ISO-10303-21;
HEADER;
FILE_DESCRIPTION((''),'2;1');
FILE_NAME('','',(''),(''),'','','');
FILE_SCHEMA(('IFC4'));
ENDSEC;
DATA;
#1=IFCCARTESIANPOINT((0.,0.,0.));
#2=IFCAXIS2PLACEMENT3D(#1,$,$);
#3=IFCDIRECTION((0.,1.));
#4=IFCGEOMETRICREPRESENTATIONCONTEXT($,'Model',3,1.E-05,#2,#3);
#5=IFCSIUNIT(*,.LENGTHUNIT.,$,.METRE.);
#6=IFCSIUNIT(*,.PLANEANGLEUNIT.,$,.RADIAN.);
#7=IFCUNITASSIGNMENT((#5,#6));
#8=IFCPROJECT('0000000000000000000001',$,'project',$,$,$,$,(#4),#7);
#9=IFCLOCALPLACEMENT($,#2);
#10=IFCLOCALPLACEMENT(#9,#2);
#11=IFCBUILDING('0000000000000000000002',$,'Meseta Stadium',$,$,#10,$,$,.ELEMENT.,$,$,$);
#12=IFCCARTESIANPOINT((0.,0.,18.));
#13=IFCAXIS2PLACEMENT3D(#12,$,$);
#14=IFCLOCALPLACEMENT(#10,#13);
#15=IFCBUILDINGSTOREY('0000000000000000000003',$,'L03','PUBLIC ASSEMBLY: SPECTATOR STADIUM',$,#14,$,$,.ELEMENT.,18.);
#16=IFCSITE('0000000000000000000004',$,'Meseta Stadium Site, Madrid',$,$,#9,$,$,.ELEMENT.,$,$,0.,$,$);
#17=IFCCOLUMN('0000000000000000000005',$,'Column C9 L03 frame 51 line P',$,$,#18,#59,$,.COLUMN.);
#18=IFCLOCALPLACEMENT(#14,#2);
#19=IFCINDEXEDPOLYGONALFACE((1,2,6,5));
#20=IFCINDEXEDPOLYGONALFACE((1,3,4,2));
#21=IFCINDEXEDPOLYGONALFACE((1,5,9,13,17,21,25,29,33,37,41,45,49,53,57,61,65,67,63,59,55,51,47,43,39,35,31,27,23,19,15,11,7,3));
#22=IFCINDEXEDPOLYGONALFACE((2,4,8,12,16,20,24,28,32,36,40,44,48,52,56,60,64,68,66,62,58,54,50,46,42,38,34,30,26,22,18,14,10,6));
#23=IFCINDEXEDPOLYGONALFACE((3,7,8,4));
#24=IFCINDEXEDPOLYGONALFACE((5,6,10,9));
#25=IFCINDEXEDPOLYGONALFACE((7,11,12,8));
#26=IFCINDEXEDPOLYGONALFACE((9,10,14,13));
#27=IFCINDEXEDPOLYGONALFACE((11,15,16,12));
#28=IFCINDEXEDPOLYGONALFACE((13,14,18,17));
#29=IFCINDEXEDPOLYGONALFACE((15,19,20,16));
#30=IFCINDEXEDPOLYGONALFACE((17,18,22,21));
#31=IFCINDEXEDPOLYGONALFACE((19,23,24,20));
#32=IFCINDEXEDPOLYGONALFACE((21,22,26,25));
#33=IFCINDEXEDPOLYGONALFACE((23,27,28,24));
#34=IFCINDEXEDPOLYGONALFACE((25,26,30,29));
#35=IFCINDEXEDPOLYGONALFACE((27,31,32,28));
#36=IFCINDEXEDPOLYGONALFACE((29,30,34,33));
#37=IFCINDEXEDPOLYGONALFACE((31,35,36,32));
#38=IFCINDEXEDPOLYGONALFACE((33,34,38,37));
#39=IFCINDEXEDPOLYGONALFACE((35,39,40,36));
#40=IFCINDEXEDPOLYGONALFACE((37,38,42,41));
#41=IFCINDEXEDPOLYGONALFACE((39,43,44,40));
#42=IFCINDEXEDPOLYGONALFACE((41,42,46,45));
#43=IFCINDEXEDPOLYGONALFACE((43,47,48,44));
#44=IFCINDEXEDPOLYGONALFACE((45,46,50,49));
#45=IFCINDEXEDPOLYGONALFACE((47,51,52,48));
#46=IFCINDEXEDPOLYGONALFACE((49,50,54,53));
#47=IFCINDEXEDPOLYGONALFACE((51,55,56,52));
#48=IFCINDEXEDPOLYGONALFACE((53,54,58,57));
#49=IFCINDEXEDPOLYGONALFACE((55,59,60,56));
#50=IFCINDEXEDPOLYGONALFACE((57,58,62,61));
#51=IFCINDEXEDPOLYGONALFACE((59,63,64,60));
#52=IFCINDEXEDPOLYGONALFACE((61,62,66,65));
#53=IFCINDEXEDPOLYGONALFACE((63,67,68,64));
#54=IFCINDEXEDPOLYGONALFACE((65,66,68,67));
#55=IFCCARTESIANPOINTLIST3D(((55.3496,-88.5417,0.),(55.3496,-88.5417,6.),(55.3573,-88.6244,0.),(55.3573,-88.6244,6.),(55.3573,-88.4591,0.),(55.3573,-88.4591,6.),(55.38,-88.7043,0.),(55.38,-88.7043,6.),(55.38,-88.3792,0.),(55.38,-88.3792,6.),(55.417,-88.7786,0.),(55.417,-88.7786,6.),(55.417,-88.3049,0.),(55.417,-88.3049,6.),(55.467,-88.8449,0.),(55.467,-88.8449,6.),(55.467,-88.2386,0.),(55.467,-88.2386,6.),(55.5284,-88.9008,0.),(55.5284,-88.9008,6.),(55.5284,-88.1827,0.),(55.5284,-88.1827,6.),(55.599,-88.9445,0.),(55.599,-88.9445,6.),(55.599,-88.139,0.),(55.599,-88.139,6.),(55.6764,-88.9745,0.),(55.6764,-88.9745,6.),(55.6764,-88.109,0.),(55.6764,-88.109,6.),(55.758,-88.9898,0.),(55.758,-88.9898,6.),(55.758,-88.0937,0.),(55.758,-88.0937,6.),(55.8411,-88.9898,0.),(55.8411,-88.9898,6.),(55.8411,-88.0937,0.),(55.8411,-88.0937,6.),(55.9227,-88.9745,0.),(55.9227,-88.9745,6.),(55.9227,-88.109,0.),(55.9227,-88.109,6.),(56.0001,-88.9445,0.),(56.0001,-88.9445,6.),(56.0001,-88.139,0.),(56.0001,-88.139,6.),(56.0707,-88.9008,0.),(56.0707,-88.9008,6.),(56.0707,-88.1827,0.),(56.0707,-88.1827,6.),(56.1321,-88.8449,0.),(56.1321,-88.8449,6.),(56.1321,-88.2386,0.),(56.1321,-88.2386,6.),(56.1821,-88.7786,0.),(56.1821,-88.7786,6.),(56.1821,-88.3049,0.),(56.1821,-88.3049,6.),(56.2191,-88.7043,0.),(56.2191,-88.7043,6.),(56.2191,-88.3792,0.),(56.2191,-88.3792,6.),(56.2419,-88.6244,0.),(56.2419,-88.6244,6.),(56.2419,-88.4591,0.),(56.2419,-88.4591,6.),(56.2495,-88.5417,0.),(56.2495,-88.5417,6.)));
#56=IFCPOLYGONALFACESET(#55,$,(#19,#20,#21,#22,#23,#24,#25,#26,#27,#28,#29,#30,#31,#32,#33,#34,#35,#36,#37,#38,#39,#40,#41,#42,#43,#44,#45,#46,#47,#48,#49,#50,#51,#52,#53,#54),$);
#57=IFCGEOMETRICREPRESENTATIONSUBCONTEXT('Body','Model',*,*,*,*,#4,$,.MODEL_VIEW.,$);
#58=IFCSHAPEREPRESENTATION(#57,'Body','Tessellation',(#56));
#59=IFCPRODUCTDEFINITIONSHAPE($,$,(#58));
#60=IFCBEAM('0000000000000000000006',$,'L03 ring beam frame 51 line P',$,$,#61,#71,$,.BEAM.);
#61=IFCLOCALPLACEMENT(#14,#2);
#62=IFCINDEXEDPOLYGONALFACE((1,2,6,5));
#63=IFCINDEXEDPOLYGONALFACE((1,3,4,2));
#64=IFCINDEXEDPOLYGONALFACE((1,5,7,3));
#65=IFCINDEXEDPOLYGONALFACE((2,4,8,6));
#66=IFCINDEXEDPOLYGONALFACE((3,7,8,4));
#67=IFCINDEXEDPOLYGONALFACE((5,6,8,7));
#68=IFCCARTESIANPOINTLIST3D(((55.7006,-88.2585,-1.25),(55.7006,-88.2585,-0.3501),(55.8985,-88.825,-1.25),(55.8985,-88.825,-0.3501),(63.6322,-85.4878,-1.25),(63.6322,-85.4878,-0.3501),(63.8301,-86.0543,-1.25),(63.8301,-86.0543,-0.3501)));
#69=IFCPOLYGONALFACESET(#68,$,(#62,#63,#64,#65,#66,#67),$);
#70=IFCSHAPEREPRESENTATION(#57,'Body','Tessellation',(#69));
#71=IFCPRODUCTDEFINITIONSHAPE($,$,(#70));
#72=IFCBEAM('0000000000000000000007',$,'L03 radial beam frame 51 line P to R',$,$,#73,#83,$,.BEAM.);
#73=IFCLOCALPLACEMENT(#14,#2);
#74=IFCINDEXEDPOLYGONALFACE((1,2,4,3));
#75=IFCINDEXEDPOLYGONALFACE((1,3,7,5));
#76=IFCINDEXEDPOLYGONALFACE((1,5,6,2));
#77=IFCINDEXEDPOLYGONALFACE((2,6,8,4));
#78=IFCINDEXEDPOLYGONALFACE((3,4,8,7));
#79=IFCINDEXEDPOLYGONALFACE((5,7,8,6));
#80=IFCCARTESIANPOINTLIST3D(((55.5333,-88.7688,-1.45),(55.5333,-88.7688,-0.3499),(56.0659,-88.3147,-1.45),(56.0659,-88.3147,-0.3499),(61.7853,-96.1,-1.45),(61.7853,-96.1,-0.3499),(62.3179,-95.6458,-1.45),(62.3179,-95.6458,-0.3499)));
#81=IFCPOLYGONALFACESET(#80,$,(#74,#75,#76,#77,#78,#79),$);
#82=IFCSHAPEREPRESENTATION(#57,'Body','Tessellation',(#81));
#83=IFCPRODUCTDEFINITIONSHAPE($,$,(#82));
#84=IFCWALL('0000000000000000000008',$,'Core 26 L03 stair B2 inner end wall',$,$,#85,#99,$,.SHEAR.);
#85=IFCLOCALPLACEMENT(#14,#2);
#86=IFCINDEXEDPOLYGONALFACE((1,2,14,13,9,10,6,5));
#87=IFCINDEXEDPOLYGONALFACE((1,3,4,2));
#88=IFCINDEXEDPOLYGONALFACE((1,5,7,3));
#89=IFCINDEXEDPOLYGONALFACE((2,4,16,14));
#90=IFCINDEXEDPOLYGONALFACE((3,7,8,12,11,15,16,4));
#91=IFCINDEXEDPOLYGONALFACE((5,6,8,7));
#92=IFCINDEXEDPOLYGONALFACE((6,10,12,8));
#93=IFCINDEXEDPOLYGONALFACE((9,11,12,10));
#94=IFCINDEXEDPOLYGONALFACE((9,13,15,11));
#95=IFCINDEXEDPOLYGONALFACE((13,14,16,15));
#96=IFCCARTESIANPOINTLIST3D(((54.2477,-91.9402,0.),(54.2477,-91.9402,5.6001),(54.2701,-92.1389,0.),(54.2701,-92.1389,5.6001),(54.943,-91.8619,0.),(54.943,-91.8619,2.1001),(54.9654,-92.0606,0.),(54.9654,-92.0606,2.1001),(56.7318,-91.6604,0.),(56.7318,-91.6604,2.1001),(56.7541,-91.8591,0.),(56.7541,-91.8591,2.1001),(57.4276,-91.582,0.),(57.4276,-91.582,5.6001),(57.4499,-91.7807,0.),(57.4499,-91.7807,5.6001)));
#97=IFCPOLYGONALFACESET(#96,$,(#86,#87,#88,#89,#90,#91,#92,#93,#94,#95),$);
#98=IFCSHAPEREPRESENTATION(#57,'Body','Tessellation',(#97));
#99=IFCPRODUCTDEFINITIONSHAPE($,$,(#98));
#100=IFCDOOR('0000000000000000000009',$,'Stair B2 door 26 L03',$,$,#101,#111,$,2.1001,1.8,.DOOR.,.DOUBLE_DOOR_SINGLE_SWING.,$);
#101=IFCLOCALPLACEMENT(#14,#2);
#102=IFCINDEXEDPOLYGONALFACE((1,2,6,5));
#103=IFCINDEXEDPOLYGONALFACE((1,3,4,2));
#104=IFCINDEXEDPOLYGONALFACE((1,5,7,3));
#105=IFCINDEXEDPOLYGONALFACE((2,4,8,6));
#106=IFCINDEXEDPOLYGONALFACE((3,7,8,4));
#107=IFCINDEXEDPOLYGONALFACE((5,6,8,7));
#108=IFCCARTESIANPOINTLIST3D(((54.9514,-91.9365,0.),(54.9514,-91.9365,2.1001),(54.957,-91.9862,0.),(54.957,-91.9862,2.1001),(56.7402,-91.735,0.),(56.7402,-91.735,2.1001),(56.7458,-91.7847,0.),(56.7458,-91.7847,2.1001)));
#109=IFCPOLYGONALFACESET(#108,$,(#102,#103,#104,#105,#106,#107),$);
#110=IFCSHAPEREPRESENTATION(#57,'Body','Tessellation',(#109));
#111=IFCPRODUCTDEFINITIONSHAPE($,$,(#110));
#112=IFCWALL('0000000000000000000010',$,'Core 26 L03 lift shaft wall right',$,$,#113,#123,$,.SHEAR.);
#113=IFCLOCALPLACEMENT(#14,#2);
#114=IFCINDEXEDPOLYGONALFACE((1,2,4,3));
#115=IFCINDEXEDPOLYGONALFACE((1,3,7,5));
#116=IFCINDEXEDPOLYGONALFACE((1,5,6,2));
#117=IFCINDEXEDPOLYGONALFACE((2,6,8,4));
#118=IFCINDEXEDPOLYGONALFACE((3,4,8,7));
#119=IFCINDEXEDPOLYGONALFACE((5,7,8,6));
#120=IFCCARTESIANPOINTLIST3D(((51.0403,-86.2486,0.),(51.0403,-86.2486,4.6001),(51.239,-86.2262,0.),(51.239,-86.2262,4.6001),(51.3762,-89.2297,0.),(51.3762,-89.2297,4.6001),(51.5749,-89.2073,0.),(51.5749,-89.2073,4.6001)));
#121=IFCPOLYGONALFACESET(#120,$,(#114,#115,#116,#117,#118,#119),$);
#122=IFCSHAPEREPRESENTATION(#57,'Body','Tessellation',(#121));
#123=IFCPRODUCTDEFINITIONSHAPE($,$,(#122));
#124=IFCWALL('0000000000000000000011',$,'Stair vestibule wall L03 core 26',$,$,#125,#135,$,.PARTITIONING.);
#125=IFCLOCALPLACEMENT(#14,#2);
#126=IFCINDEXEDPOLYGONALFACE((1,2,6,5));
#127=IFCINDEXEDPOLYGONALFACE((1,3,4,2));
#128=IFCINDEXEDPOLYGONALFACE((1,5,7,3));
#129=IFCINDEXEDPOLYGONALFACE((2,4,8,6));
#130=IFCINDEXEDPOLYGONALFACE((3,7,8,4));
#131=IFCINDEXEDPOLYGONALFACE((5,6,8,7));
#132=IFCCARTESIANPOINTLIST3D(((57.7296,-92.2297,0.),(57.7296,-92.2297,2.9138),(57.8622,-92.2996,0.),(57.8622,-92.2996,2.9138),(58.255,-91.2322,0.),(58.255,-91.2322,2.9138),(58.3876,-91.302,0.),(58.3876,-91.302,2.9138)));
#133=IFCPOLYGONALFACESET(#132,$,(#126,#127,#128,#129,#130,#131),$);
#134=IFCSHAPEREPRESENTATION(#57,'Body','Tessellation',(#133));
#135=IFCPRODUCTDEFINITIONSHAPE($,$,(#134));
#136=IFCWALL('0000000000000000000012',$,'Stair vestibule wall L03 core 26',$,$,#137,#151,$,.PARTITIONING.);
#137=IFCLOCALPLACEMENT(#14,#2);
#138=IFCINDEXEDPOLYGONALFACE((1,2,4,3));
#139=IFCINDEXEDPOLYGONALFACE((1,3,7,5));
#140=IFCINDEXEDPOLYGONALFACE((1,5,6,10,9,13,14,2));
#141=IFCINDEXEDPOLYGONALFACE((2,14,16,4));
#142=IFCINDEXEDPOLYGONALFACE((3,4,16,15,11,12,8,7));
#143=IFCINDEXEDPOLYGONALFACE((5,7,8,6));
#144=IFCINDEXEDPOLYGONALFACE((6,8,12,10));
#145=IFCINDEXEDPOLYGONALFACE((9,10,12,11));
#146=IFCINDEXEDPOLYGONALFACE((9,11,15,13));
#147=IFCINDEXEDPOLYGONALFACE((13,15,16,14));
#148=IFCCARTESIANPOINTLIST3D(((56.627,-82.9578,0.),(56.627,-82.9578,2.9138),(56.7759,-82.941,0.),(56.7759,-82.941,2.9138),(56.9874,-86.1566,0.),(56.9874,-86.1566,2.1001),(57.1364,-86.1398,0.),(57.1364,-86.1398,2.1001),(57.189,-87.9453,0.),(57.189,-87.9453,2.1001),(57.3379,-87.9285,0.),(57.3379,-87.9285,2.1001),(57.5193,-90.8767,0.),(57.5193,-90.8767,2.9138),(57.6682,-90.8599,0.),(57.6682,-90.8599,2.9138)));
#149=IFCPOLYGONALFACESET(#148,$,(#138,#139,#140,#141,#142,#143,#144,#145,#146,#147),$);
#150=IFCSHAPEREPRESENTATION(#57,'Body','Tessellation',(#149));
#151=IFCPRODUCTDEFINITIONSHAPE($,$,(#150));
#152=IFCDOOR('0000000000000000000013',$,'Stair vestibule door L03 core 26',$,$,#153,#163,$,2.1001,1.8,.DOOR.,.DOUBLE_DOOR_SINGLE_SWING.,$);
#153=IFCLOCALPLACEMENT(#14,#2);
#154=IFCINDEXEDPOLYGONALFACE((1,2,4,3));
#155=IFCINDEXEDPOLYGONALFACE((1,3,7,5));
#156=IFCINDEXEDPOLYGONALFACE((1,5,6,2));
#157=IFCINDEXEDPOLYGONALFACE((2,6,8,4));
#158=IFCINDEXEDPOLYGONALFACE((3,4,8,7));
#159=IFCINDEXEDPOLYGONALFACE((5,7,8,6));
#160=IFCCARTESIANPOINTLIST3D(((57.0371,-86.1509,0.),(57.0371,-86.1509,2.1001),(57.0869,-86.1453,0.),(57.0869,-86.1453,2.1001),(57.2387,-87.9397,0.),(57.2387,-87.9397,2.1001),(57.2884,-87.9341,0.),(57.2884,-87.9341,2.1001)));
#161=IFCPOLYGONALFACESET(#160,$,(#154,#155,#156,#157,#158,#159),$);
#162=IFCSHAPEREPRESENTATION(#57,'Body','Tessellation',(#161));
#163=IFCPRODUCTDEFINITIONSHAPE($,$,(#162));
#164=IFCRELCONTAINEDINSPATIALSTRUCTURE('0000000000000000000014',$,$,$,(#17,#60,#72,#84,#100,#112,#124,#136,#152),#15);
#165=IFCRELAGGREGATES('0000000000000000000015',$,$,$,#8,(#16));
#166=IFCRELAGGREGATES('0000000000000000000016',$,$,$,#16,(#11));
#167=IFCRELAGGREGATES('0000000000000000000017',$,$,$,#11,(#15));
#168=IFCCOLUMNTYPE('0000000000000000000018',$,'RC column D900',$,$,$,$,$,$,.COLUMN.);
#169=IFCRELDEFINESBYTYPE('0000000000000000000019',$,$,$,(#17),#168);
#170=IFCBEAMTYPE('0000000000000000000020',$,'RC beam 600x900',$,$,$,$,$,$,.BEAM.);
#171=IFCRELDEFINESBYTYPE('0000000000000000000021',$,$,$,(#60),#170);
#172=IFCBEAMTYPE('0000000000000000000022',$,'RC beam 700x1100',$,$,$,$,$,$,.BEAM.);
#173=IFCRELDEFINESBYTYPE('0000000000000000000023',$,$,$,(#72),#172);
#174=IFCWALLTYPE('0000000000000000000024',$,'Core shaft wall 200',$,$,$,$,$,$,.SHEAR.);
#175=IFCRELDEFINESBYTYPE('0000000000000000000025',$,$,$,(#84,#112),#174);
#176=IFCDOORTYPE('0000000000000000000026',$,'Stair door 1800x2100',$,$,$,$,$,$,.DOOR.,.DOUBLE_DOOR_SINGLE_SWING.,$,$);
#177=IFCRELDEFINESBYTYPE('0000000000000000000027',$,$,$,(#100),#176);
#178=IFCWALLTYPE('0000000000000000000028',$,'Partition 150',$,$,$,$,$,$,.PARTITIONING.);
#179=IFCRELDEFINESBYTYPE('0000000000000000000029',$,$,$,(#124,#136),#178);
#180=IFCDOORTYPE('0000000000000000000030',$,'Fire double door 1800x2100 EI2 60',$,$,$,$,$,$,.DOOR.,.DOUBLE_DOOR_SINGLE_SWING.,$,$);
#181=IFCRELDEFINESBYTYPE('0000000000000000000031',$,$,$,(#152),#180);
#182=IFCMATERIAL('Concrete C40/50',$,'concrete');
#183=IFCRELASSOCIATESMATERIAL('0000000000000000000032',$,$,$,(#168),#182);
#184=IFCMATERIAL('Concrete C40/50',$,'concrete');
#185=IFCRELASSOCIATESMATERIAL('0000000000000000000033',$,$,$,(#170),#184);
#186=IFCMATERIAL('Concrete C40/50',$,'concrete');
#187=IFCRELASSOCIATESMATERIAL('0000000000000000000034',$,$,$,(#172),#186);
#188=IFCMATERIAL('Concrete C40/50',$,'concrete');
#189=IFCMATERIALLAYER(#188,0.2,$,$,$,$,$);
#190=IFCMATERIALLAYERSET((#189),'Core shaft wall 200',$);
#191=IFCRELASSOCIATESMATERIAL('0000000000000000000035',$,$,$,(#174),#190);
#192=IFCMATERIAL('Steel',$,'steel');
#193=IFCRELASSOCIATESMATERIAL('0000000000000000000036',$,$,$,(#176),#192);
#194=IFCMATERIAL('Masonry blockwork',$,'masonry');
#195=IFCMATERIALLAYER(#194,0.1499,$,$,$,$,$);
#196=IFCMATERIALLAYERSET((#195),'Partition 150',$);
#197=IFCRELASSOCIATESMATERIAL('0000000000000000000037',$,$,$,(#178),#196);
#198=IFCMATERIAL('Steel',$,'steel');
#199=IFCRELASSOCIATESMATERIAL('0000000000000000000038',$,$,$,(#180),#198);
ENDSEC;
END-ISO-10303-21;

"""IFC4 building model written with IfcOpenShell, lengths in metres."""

from ifc_helpers import new_model, si_unit, direction, frame, frame_2d, origin, origin_2d, place, context, subcontext, project, spatial, rectangle, circle, extrude, material, layer, layer_set, material_profile, profile_set, type_object, element, fill, save


model = new_model("IFC4")

# Units and contexts
model_context = context("Model", 3, precision=1e-05, world=origin(), true_north=direction((0.0, 1.0)))
body_context = subcontext(model_context, "Body", "Model", "MODEL_VIEW")
ifc_project = project(units=[si_unit("LENGTHUNIT", "METRE"), si_unit("PLANEANGLEUNIT", "RADIAN")], contexts=[model_context])

# Site, building, storey
site_placement = place(None, origin())
site = spatial("IfcSite", under=ifc_project, at=site_placement, Name="Meseta Stadium Site, Madrid", CompositionType="ELEMENT", RefElevation=0.0)
building_placement = place(site_placement, origin())
building = spatial("IfcBuilding", under=site, at=building_placement, Name="Meseta Stadium", CompositionType="ELEMENT")
storey_placement = place(building_placement, frame((0.0, 0.0, 18.0)))
storey = spatial("IfcBuildingStorey", under=building, at=storey_placement, Name="L03", Description="PUBLIC ASSEMBLY: SPECTATOR STADIUM", CompositionType="ELEMENT", Elevation=18.0)

# Column
ifc_material_1 = material(Name="Concrete C40/50", Category="concrete")
ifc_material_profile_1 = material_profile(ifc_material_1, circle(Radius=0.45, at=origin_2d()), Name="RC D900")
ifc_profile_set_1 = profile_set([ifc_material_profile_1], Name="Concrete C40/50")
column_type = type_object("IfcColumnType", Name="RC column D900", PredefinedType="COLUMN", material=ifc_profile_set_1)
column_placement = place(storey_placement, frame((55.7996, -88.5417, 0.0), z_axis=(0.0, 0.0, 1.0), x_axis=(1.0, 0.0, 0.0)))
element("IfcColumn", 1, at=column_placement, inside=storey, type_object=column_type, Name="Column C9 L03 frame 51 line P", PredefinedType="COLUMN", context=body_context, shape_type="SweptSolid", body=[
    extrude(circle(Radius=0.45, at=origin_2d()), origin(), (0.0, 0.0, 1.0), 6.0),
])

# Beams
ifc_material_2 = material(Name="Concrete C40/50", Category="concrete")
ifc_material_profile_2 = material_profile(ifc_material_2, rectangle(XDim=0.6001, YDim=0.8999, at=origin_2d()), Name="RC 600x900")
ifc_profile_set_2 = profile_set([ifc_material_profile_2], Name="Concrete C40/50")
beam_type_1 = type_object("IfcBeamType", Name="RC beam 600x900", PredefinedType="BEAM", material=ifc_profile_set_2)
beam_1_placement = place(storey_placement, frame((55.7996, -88.5417, -0.8), z_axis=(0.944056, 0.329786, 0.0), x_axis=(-0.329786, 0.944056, 0.0)))
element("IfcBeam", 2, at=beam_1_placement, inside=storey, type_object=beam_type_1, Name="L03 ring beam frame 51 line P", PredefinedType="BEAM", context=body_context, shape_type="SweptSolid", body=[
    extrude(rectangle(XDim=0.6001, YDim=0.8999, at=origin_2d()), origin(), (0.0, 0.0, 1.0), 8.4016),
])
ifc_material_3 = material(Name="Concrete C40/50", Category="concrete")
ifc_material_profile_3 = material_profile(ifc_material_3, rectangle(XDim=0.7, YDim=1.1001, at=origin_2d()), Name="RC 700x1100")
ifc_profile_set_3 = profile_set([ifc_material_profile_3], Name="Concrete C40/50")
beam_type_2 = type_object("IfcBeamType", Name="RC beam 700x1100", PredefinedType="BEAM", material=ifc_profile_set_3)
beam_2_placement = place(storey_placement, frame((55.7996, -88.5417, -0.8999), z_axis=(0.648886, -0.760885, 0.0), x_axis=(0.760885, 0.648886, 0.0)))
element("IfcBeam", 3, at=beam_2_placement, inside=storey, type_object=beam_type_2, Name="L03 radial beam frame 51 line P to R", PredefinedType="BEAM", context=body_context, shape_type="SweptSolid", body=[
    extrude(rectangle(XDim=0.7, YDim=1.1001, at=origin_2d()), origin(), (0.0, 0.0, 1.0), 9.635),
])

# Wall, opening, door
ifc_material_4 = material(Name="Concrete C40/50", Category="concrete")
ifc_layer_1 = layer(ifc_material_4, 0.2)
ifc_layer_set_1 = layer_set([ifc_layer_1], Name="Core shaft wall 200")
wall_type_1 = type_object("IfcWallType", Name="Core shaft wall 200", PredefinedType="SHEAR", material=ifc_layer_set_1)
wall_1_placement = place(storey_placement, frame((54.2588, -92.0396, 0.0), z_axis=(0.0, 0.0, 1.0), x_axis=(0.993717, 0.111922, 0.0)))
wall_1 = element("IfcWall", 4, at=wall_1_placement, inside=storey, type_object=wall_type_1, Name="Core 26 L03 stair B2 inner end wall", PredefinedType="SHEAR", context=body_context, shape_type="SweptSolid", body=[
    extrude(rectangle(XDim=3.2, YDim=0.2, at=frame_2d((1.6001, 0.0))), origin(), (0.0, 0.0, 1.0), 5.6001),
])
opening_1_placement = place(wall_1_placement, frame((0.7, 0.0, 0.0)))
opening_1 = element("IfcOpeningElement", 5, at=opening_1_placement, cuts=wall_1, PredefinedType="OPENING", context=body_context, shape_type="SweptSolid", body=[
    extrude(rectangle(XDim=1.8, YDim=2.1001, at=frame_2d((0.8999, 1.05))), frame((0.0, 0.1099, 0.0), z_axis=(0.0, -1.0, 0.0), x_axis=(1.0, 0.0, 0.0)), (0.0, 0.0, 1.0), 0.22),
])
ifc_material_5 = material(Name="Steel", Category="steel")
door_type_1 = type_object("IfcDoorType", Name="Stair door 1800x2100", OperationType="DOUBLE_DOOR_SINGLE_SWING", PredefinedType="DOOR", material=ifc_material_5)
door_1_placement = place(opening_1_placement, origin())
door_1 = element("IfcDoor", 6, at=door_1_placement, inside=storey, type_object=door_type_1, Name="Stair B2 door 26 L03", OperationType="DOUBLE_DOOR_SINGLE_SWING", OverallHeight=2.1001, OverallWidth=1.8, PredefinedType="DOOR", context=body_context, shape_type="SweptSolid", body=[
    extrude(rectangle(XDim=1.8, YDim=2.1001, at=frame_2d((0.8999, 1.05))), frame((0.0, 0.0249, 0.0), z_axis=(0.0, -1.0, 0.0), x_axis=(1.0, 0.0, 0.0)), (0.0, 0.0, 1.0), 0.05),
])
fill(opening_1, door_1)

# Walls
wall_2_placement = place(storey_placement, frame((51.4756, -89.2185, 0.0), z_axis=(0.0, 0.0, 1.0), x_axis=(-0.111977, 0.993711, 0.0)))
element("IfcWall", 7, at=wall_2_placement, inside=storey, type_object=wall_type_1, Name="Core 26 L03 lift shaft wall right", PredefinedType="SHEAR", context=body_context, shape_type="SweptSolid", body=[
    extrude(rectangle(XDim=3.0, YDim=0.2, at=frame_2d((1.5, 0.0))), origin(), (0.0, 0.0, 1.0), 4.6001),
])
ifc_material_6 = material(Name="Masonry blockwork", Category="masonry")
ifc_layer_2 = layer(ifc_material_6, 0.1499)
ifc_layer_set_2 = layer_set([ifc_layer_2], Name="Partition 150")
wall_type_2 = type_object("IfcWallType", Name="Partition 150", PredefinedType="PARTITIONING", material=ifc_layer_set_2)
wall_3_placement = place(storey_placement, frame((57.7959, -92.2646, 0.0), z_axis=(0.0, 0.0, 1.0), x_axis=(0.465996, 0.884787, 0.0)))
element("IfcWall", 8, at=wall_3_placement, inside=storey, type_object=wall_type_2, Name="Stair vestibule wall L03 core 26", PredefinedType="PARTITIONING", context=body_context, shape_type="SweptSolid", body=[
    extrude(rectangle(XDim=1.1274, YDim=0.1499, at=frame_2d((0.5637, 0.0))), origin(), (0.0, 0.0, 1.0), 2.9138),
])

# Wall, opening, door
wall_4_placement = place(storey_placement, frame((57.5938, -90.8682, 0.0), z_axis=(0.0, 0.0, 1.0), x_axis=(-0.111975, 0.993711, 0.0)))
wall_4 = element("IfcWall", 9, at=wall_4_placement, inside=storey, type_object=wall_type_2, Name="Stair vestibule wall L03 core 26", PredefinedType="PARTITIONING", context=body_context, shape_type="SweptSolid", body=[
    extrude(rectangle(XDim=7.969, YDim=0.1499, at=frame_2d((3.9844, 0.0))), origin(), (0.0, 0.0, 1.0), 2.9138),
])
opening_2_placement = place(wall_4_placement, frame((2.95, 0.0, 0.0)))
opening_2 = element("IfcOpeningElement", 10, at=opening_2_placement, cuts=wall_4, PredefinedType="OPENING", context=body_context, shape_type="SweptSolid", body=[
    extrude(rectangle(XDim=1.8, YDim=2.1001, at=frame_2d((0.8999, 1.05))), frame((0.0, 0.085, 0.0), z_axis=(0.0, -1.0, 0.0), x_axis=(1.0, 0.0, 0.0)), (0.0, 0.0, 1.0), 0.1699),
])
ifc_material_7 = material(Name="Steel", Category="steel")
door_type_2 = type_object("IfcDoorType", Name="Fire double door 1800x2100 EI2 60", OperationType="DOUBLE_DOOR_SINGLE_SWING", PredefinedType="DOOR", material=ifc_material_7)
door_2_placement = place(opening_2_placement, origin())
door_2 = element("IfcDoor", 11, at=door_2_placement, inside=storey, type_object=door_type_2, Name="Stair vestibule door L03 core 26", OperationType="DOUBLE_DOOR_SINGLE_SWING", OverallHeight=2.1001, OverallWidth=1.8, PredefinedType="DOOR", context=body_context, shape_type="SweptSolid", body=[
    extrude(rectangle(XDim=1.8, YDim=2.1001, at=frame_2d((0.8999, 1.05))), frame((0.0, 0.0249, 0.0), z_axis=(0.0, -1.0, 0.0), x_axis=(1.0, 0.0, 0.0)), (0.0, 0.0, 1.0), 0.05),
])
fill(opening_2, door_2)

save(model, "model.ifc")
